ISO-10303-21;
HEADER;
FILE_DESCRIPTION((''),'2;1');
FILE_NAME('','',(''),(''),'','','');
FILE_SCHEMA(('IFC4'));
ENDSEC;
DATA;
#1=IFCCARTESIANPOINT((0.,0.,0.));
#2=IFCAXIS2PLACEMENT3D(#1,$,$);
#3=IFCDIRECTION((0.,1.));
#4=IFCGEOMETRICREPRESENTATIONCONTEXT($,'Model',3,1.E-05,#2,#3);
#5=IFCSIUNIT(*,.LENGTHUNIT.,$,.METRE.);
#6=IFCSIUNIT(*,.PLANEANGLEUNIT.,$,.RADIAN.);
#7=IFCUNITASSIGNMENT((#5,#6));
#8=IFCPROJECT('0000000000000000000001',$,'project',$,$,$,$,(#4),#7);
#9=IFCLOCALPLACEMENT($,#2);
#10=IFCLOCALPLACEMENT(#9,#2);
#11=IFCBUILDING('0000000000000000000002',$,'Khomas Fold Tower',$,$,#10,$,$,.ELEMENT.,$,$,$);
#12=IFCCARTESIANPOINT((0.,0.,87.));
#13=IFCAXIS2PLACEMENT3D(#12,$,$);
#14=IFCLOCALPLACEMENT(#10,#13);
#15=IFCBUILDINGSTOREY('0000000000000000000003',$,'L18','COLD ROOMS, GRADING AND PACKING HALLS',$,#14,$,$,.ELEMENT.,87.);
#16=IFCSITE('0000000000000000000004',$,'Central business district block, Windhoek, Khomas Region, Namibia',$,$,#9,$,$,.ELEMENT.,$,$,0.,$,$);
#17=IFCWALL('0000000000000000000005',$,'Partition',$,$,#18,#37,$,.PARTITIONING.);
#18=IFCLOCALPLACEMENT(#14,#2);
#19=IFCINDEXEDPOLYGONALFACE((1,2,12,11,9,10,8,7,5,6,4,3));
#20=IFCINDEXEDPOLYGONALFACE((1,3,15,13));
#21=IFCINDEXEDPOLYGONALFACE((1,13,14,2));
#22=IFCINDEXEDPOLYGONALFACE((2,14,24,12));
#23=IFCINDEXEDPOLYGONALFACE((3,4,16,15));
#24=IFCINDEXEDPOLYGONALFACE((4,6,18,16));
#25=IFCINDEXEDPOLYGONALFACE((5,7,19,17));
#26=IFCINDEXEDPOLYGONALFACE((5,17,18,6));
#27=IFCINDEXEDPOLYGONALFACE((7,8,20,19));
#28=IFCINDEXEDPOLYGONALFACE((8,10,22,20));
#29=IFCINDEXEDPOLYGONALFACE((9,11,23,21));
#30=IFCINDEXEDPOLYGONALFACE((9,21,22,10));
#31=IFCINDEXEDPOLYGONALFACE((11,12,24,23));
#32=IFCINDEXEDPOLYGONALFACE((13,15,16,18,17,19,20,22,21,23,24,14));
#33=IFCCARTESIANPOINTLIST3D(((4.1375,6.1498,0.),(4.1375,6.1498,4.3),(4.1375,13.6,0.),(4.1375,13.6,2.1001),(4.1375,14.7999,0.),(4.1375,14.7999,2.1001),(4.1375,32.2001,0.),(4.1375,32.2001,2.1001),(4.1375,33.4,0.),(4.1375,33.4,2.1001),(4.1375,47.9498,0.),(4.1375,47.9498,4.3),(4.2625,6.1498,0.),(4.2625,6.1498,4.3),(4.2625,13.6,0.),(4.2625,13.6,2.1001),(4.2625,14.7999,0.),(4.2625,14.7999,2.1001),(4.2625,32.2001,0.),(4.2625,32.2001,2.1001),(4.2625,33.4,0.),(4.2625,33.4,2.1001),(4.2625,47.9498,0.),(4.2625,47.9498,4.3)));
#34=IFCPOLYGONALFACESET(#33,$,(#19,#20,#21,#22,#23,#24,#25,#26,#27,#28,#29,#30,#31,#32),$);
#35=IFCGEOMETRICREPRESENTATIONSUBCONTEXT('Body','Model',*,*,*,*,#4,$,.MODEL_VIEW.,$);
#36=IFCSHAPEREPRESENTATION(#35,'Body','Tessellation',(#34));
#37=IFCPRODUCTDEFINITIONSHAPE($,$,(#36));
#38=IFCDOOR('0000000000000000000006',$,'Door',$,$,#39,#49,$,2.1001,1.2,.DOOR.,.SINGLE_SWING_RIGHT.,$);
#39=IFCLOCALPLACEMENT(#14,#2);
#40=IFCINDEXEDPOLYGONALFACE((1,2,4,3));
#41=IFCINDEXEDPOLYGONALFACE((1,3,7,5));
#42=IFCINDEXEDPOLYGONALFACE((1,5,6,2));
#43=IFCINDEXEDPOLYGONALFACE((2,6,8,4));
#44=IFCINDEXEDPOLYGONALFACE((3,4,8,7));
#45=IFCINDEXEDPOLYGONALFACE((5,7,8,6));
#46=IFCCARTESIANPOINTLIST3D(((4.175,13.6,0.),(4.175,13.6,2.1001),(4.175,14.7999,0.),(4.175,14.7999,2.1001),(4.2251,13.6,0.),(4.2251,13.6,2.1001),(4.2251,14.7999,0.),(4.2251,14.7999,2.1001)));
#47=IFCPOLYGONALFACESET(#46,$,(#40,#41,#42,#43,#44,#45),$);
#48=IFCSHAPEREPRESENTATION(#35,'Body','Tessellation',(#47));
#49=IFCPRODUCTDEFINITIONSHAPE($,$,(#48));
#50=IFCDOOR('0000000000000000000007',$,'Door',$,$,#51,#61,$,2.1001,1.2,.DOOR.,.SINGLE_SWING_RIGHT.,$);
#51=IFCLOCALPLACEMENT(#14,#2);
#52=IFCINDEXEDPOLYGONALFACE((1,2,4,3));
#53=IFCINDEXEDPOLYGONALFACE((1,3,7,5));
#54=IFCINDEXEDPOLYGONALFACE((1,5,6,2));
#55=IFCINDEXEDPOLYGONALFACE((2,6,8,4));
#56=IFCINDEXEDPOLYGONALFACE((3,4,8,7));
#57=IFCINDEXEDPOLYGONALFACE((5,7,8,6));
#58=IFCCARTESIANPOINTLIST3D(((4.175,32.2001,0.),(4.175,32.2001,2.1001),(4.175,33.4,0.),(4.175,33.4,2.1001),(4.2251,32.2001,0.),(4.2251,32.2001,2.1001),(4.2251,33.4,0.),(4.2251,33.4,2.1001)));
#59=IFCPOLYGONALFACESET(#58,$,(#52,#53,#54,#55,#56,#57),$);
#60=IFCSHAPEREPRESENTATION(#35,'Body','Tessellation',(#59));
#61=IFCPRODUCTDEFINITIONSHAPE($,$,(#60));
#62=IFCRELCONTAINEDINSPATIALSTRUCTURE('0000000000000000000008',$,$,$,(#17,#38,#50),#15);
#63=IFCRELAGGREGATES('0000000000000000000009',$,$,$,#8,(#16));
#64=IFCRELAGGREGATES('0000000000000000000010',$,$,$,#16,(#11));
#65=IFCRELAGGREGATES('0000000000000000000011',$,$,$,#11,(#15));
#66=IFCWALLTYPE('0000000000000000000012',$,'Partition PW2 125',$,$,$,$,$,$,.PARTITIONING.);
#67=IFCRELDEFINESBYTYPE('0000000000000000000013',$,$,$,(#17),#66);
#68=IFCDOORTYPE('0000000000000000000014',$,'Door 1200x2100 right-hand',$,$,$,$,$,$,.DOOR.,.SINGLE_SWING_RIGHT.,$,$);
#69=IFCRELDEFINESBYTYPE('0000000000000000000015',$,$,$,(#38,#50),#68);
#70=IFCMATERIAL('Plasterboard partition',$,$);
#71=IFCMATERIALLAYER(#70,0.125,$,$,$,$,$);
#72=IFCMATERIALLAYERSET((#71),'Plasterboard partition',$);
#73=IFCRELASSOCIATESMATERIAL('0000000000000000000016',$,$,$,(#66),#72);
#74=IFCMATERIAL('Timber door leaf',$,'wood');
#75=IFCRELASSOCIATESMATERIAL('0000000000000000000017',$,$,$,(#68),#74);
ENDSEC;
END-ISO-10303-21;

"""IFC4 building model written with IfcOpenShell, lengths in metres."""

from ifc_helpers import new_model, si_unit, direction, frame, frame_2d, origin, place, context, subcontext, project, spatial, rectangle, extrude, source, transform, mapped, material, layer, layer_set, type_object, element, fill, save


model = new_model("IFC4")

# Units and contexts
model_context = context("Model", 3, precision=1e-05, world=origin(), true_north=direction((0.0, 1.0)))
body_context = subcontext(model_context, "Body", "Model", "MODEL_VIEW")
ifc_project = project(units=[si_unit("LENGTHUNIT", "METRE"), si_unit("PLANEANGLEUNIT", "RADIAN")], contexts=[model_context])

# Site, building, storey
site_placement = place(None, origin())
site = spatial("IfcSite", under=ifc_project, at=site_placement, Name="Central business district block, Windhoek, Khomas Region, Namibia", CompositionType="ELEMENT", RefElevation=0.0)
building_placement = place(site_placement, origin())
building = spatial("IfcBuilding", under=site, at=building_placement, Name="Khomas Fold Tower", CompositionType="ELEMENT")
storey_placement = place(building_placement, frame((0.0, 0.0, 87.0)))
storey = spatial("IfcBuildingStorey", under=building, at=storey_placement, Name="L18", Description="COLD ROOMS, GRADING AND PACKING HALLS", CompositionType="ELEMENT", Elevation=87.0)

# Shared definitions
shared_shape_1 = source(origin(), body_context, "Body", "SweptSolid", [
    extrude(rectangle(XDim=1.2, YDim=2.1001, at=frame_2d((0.6001, 1.05))), frame((0.0, 0.0249, 0.0), z_axis=(0.0, -1.0, 0.0), x_axis=(1.0, 0.0, 0.0)), (0.0, 0.0, 1.0), 0.05),
])

# Wall, openings, doors
ifc_material_1 = material(Name="Plasterboard partition")
ifc_layer_1 = layer(ifc_material_1, 0.125)
ifc_layer_set_1 = layer_set([ifc_layer_1], Name="Plasterboard partition")
wall_type_1 = type_object("IfcWallType", Name="Partition PW2 125", PredefinedType="PARTITIONING", material=ifc_layer_set_1)
shared_shape_2 = source(origin(), body_context, "Body", "SweptSolid", [
    extrude(rectangle(XDim=41.8, YDim=0.125, at=frame_2d((20.8999, 0.0))), origin(), (0.0, 0.0, 1.0), 4.3),
])
wall_1_placement = place(storey_placement, frame((4.2, 6.1499, 0.0), z_axis=(0.0, 0.0, 1.0), x_axis=(0.0, 1.0, 0.0)))
wall_1 = element("IfcWall", 1, at=wall_1_placement, inside=storey, type_object=wall_type_1, Name="Partition", PredefinedType="PARTITIONING", context=body_context, shape_type="MappedRepresentation", body=[
    mapped(shared_shape_2, transform((0.0, 0.0, 0.0))),
])
shared_shape_3 = source(origin(), body_context, "Body", "SweptSolid", [
    extrude(rectangle(XDim=1.2, YDim=2.1001, at=frame_2d((0.6001, 1.05))), frame((0.0, 0.0725, 0.0), z_axis=(0.0, -1.0, 0.0), x_axis=(1.0, 0.0, 0.0)), (0.0, 0.0, 1.0), 0.145),
])
opening_1_placement = place(wall_1_placement, frame((7.45, 0.0, 0.0)))
opening_1 = element("IfcOpeningElement", 2, at=opening_1_placement, cuts=wall_1, PredefinedType="OPENING", context=body_context, shape_type="MappedRepresentation", body=[
    mapped(shared_shape_3, transform((0.0, 0.0, 0.0))),
])
opening_2_placement = place(wall_1_placement, frame((26.05, 0.0, 0.0)))
opening_2 = element("IfcOpeningElement", 3, at=opening_2_placement, cuts=wall_1, PredefinedType="OPENING", context=body_context, shape_type="MappedRepresentation", body=[
    mapped(shared_shape_3, transform((0.0, 0.0, 0.0))),
])
ifc_material_2 = material(Name="Timber door leaf", Category="wood")
door_type_1 = type_object("IfcDoorType", Name="Door 1200x2100 right-hand", OperationType="SINGLE_SWING_RIGHT", PredefinedType="DOOR", material=ifc_material_2)
door_1_placement = place(opening_1_placement, origin())
door_1 = element("IfcDoor", 4, at=door_1_placement, inside=storey, type_object=door_type_1, Name="Door", OperationType="SINGLE_SWING_RIGHT", OverallHeight=2.1001, OverallWidth=1.2, PredefinedType="DOOR", context=body_context, shape_type="MappedRepresentation", body=[
    mapped(shared_shape_1, transform((0.0, 0.0, 0.0))),
])
fill(opening_1, door_1)
door_2_placement = place(opening_2_placement, origin())
door_2 = element("IfcDoor", 5, at=door_2_placement, inside=storey, type_object=door_type_1, Name="Door", OperationType="SINGLE_SWING_RIGHT", OverallHeight=2.1001, OverallWidth=1.2, PredefinedType="DOOR", context=body_context, shape_type="MappedRepresentation", body=[
    mapped(shared_shape_1, transform((0.0, 0.0, 0.0))),
])
fill(opening_2, door_2)

save(model, "model.ifc")
